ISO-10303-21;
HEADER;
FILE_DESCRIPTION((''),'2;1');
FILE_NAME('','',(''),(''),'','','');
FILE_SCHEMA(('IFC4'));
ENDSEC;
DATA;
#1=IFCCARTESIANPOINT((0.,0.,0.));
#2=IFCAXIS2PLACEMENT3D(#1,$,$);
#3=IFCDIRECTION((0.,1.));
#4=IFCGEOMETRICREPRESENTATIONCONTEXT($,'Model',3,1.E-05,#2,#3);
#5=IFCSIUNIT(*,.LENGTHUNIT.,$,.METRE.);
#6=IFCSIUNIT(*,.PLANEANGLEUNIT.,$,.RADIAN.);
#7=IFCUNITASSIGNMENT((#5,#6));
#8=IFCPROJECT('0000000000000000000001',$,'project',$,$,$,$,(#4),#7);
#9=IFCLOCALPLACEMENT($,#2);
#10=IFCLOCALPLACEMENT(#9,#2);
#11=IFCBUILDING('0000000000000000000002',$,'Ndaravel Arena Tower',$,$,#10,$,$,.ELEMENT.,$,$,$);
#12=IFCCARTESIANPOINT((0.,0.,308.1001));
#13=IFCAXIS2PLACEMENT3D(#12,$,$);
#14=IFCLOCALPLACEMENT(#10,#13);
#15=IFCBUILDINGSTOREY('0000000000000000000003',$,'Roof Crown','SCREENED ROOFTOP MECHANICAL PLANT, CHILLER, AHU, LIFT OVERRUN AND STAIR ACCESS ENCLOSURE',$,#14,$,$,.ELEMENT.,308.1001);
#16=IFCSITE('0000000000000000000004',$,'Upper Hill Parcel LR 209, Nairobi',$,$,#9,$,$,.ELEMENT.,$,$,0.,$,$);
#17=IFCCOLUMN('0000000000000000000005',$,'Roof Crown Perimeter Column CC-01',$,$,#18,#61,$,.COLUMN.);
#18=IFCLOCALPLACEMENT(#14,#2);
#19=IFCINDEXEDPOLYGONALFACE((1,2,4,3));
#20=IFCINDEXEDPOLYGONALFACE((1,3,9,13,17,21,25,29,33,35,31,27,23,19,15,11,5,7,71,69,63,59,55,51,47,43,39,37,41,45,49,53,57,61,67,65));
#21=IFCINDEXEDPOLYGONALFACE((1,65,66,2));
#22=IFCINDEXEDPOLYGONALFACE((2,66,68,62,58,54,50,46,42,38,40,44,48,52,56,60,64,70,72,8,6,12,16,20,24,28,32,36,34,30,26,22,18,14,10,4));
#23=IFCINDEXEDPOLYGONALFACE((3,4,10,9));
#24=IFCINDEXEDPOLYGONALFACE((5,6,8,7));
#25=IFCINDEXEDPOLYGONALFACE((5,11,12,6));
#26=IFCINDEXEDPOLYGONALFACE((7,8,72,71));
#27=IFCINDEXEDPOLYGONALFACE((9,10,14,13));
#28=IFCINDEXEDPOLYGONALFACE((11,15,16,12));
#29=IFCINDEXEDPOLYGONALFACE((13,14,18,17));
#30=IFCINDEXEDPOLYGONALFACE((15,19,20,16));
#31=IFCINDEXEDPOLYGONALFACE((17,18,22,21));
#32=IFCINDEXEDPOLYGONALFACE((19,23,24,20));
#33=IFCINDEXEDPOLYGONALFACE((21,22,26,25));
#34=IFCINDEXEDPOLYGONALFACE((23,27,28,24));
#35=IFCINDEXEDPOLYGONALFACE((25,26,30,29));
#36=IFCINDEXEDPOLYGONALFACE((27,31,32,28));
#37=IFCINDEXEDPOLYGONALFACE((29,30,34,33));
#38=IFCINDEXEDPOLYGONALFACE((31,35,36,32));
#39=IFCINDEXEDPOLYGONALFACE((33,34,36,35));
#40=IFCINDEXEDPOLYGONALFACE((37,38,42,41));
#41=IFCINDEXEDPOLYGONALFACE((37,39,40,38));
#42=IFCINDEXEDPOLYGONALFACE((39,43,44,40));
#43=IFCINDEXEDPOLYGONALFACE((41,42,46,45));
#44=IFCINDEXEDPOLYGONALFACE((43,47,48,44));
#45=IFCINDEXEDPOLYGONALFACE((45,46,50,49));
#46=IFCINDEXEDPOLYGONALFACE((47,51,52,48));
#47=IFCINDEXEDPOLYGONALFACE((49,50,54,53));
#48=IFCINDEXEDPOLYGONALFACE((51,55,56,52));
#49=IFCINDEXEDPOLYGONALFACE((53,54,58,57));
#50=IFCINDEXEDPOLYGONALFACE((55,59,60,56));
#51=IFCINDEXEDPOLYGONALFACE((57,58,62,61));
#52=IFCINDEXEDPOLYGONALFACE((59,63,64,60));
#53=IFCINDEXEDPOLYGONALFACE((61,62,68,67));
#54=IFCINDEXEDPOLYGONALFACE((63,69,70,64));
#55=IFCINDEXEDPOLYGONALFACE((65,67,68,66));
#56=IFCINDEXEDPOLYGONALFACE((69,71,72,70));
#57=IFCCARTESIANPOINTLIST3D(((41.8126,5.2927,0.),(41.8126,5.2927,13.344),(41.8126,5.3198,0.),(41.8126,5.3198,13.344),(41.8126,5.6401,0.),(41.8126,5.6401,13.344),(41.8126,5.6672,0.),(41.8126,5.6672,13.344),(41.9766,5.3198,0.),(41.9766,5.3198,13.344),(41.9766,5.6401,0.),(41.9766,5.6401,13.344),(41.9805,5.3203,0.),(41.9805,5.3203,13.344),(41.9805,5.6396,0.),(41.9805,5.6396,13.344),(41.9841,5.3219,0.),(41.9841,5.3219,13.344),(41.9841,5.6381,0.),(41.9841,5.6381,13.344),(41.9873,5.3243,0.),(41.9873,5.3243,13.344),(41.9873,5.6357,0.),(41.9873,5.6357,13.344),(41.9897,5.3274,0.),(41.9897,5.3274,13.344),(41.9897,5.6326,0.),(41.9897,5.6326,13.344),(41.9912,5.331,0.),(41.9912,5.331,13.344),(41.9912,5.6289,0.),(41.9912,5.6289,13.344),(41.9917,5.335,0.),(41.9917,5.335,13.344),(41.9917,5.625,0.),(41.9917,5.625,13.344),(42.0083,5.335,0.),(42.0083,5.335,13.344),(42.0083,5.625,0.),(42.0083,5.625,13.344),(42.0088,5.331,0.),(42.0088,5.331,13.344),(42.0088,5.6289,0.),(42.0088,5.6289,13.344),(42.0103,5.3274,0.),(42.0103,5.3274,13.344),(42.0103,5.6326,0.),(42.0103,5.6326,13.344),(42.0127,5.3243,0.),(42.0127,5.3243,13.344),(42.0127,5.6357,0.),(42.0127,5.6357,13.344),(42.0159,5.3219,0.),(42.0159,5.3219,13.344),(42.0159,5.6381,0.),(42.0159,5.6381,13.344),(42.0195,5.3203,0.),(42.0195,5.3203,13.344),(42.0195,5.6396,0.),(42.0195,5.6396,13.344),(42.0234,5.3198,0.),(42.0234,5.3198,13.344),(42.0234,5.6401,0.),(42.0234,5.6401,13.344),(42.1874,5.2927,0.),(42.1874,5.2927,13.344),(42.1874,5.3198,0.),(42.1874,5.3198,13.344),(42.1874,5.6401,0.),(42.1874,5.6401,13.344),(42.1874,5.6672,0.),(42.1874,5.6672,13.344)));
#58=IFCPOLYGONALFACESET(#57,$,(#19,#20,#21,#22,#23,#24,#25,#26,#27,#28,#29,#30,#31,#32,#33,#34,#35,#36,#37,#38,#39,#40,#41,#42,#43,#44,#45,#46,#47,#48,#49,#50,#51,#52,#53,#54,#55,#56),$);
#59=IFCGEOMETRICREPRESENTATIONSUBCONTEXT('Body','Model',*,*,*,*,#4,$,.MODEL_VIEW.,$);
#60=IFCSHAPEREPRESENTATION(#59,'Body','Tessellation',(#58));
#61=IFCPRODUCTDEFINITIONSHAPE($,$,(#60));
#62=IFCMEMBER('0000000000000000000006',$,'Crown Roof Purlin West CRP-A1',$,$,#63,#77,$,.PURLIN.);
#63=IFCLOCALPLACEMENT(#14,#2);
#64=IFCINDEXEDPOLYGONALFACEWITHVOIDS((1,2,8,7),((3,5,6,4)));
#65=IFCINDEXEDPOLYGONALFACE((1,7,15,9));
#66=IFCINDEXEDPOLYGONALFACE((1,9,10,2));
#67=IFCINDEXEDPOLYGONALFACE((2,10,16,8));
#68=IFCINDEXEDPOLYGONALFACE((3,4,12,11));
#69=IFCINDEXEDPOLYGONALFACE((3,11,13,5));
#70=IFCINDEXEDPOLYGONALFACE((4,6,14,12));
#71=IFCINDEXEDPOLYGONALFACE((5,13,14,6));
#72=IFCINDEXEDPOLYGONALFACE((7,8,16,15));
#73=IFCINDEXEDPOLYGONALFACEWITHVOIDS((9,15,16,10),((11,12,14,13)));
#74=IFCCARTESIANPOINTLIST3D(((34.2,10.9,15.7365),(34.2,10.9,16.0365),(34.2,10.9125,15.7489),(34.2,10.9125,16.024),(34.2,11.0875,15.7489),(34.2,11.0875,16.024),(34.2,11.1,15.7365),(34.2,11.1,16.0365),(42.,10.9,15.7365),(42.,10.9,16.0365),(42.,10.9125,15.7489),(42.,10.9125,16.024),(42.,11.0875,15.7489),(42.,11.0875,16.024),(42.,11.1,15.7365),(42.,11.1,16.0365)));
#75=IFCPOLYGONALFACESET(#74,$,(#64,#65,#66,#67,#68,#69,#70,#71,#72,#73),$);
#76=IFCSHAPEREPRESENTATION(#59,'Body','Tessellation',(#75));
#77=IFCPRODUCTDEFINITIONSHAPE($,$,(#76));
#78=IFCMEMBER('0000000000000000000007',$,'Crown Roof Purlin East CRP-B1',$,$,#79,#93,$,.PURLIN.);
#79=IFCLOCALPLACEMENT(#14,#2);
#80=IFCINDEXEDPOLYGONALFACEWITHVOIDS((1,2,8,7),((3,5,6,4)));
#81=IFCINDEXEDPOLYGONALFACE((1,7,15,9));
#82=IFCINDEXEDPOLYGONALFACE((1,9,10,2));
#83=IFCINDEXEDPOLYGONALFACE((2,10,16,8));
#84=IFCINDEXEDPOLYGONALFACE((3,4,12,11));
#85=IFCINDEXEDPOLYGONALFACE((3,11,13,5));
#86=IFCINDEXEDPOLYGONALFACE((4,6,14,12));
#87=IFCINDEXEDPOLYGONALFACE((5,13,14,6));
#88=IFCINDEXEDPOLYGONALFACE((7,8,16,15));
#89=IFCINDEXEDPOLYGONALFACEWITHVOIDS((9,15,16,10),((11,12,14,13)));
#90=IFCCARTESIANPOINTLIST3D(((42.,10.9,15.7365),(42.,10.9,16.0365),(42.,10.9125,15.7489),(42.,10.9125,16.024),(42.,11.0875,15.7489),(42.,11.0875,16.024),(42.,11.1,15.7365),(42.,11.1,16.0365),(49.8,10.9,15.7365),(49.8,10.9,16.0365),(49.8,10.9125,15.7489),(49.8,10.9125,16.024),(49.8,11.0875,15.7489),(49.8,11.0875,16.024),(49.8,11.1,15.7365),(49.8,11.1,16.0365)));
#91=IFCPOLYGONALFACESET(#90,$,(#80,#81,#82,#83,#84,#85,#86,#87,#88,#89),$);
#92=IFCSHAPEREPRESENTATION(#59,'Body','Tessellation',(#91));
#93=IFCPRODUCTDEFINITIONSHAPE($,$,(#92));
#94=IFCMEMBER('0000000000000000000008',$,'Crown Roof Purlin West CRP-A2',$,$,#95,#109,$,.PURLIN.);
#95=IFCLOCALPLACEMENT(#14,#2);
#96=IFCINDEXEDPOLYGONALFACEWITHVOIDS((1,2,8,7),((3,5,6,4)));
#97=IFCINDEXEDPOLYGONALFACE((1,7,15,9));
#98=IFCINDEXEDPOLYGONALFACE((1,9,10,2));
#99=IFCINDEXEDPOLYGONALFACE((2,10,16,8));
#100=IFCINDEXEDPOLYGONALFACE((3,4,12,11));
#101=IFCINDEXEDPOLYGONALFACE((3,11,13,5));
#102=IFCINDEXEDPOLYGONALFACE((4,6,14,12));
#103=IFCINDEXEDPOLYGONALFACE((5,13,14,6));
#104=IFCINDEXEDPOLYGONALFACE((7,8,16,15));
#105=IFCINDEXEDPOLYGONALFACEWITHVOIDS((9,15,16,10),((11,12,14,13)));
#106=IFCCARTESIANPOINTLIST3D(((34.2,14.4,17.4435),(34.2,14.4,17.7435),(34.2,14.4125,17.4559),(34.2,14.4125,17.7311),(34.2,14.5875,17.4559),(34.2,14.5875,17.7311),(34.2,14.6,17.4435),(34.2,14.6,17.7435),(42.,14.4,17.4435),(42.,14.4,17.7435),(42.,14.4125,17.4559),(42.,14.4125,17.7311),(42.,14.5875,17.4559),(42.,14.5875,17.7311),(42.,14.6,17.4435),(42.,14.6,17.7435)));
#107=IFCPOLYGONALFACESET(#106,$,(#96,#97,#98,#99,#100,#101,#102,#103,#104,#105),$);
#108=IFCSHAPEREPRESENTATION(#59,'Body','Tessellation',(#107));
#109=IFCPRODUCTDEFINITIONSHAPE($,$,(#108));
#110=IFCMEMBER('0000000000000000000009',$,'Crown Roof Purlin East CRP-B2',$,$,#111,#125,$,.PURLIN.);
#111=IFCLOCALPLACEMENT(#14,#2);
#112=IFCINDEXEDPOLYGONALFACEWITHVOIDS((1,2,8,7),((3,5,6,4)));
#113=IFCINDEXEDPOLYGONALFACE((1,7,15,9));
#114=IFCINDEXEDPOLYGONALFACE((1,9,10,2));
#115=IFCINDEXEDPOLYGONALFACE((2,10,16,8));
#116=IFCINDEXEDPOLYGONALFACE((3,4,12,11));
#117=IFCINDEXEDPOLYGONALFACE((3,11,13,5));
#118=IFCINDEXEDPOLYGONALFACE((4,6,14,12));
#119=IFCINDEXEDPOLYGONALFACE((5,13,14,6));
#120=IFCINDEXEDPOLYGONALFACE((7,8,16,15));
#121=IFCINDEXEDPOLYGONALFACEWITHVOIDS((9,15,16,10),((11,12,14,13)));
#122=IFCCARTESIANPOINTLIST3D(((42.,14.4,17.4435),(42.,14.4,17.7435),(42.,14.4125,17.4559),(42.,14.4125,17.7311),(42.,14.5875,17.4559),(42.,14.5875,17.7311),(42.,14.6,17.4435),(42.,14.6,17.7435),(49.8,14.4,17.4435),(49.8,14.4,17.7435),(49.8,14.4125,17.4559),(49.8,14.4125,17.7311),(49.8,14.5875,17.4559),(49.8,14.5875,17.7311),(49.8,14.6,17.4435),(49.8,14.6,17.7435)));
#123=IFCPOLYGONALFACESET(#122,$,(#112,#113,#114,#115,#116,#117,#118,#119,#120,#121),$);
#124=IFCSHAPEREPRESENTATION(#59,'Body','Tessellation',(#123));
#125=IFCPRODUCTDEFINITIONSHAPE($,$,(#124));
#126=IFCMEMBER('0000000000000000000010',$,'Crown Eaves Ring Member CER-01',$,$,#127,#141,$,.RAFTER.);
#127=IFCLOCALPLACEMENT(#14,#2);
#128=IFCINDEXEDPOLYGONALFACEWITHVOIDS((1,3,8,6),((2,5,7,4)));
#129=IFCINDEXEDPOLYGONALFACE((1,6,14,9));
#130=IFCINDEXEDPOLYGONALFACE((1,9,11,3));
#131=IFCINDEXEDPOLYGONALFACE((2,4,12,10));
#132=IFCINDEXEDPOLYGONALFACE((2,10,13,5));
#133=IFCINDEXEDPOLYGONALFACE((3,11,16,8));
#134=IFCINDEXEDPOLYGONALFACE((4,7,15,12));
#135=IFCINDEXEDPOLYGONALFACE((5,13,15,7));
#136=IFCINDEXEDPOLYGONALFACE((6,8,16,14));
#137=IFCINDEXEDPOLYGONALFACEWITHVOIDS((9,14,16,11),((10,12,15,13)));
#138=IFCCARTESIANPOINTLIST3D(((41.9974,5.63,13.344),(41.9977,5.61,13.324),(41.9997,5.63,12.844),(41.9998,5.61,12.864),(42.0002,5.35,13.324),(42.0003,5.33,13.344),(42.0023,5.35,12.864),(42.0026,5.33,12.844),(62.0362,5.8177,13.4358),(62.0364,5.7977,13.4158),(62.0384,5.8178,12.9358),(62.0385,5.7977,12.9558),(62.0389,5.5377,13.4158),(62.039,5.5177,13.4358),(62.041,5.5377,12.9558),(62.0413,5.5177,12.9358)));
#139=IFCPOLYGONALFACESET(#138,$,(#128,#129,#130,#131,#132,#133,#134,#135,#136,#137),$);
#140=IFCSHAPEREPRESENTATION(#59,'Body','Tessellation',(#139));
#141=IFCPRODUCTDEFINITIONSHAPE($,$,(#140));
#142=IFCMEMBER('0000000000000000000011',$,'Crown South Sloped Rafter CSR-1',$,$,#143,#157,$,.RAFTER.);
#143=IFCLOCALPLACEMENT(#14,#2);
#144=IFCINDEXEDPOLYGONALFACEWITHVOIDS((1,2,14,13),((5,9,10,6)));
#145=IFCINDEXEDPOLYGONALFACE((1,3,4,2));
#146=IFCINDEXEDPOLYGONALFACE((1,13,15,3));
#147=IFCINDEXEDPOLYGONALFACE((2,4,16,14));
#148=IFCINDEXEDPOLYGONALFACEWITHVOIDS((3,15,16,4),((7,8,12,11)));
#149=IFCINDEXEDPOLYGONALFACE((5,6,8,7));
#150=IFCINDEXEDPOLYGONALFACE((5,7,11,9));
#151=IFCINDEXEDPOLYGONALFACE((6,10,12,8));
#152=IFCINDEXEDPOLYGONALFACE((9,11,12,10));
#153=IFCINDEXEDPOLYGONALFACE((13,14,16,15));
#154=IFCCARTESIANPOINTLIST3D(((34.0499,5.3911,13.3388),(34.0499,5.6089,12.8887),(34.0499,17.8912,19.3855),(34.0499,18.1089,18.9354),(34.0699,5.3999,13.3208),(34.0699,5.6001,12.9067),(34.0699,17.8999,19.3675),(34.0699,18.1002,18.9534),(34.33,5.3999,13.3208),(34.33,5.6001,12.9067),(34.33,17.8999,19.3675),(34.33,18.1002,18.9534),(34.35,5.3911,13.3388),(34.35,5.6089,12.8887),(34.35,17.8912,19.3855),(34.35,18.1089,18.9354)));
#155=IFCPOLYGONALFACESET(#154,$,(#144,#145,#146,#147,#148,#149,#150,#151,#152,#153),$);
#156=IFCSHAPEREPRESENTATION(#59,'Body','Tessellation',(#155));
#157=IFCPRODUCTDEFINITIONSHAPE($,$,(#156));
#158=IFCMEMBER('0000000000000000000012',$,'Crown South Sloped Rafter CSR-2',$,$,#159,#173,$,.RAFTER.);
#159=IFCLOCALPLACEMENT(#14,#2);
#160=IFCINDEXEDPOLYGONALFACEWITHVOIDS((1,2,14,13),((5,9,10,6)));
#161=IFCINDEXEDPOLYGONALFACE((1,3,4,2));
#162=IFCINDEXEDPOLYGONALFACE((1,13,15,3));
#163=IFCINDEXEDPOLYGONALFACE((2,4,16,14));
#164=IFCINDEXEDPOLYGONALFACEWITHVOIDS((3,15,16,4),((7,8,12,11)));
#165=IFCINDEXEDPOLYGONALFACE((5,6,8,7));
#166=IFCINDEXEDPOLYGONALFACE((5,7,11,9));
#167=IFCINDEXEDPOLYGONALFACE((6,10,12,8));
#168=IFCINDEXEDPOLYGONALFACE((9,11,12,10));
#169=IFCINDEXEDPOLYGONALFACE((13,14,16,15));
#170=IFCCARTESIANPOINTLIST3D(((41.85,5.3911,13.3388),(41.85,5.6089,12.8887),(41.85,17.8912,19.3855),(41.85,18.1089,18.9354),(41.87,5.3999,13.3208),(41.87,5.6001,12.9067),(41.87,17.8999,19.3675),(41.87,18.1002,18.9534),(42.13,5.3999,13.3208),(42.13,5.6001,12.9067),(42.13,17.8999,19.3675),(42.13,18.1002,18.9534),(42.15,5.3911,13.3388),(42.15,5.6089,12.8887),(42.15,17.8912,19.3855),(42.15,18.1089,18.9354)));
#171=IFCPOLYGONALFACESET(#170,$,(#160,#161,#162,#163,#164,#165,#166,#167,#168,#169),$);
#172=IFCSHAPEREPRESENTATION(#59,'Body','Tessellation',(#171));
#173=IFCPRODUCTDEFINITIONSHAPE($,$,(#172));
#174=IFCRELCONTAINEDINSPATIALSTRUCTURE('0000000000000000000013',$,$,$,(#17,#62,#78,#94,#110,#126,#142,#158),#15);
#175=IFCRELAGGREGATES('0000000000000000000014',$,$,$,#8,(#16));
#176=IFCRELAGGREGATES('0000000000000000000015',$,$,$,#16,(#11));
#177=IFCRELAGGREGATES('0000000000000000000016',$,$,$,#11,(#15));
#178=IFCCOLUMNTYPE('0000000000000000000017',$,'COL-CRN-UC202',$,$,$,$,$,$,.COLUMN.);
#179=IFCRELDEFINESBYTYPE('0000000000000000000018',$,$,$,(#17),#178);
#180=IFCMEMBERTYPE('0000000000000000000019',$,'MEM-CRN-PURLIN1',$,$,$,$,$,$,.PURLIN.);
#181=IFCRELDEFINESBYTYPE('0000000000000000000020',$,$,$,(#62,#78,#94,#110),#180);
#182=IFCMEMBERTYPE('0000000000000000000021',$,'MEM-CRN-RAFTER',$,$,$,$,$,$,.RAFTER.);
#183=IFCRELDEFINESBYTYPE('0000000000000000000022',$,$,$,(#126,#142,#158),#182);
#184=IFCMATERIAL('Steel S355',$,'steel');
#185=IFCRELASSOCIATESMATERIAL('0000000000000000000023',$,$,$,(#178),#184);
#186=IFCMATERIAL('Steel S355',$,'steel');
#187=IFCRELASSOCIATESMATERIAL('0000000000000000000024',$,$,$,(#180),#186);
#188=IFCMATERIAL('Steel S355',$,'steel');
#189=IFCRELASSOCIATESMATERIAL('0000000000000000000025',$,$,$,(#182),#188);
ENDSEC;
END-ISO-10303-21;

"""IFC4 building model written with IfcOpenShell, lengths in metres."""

from ifc_helpers import new_model, si_unit, direction, frame, origin, origin_2d, place, context, subcontext, project, spatial, hollow_rectangle, i_section, extrude, material, material_profile, profile_set, type_object, element, save


model = new_model("IFC4")

# Units and contexts
model_context = context("Model", 3, precision=1e-05, world=origin(), true_north=direction((0.0, 1.0)))
body_context = subcontext(model_context, "Body", "Model", "MODEL_VIEW")
ifc_project = project(units=[si_unit("LENGTHUNIT", "METRE"), si_unit("PLANEANGLEUNIT", "RADIAN")], contexts=[model_context])

# Site, building, storey
site_placement = place(None, origin())
site = spatial("IfcSite", under=ifc_project, at=site_placement, Name="Upper Hill Parcel LR 209, Nairobi", CompositionType="ELEMENT", RefElevation=0.0)
building_placement = place(site_placement, origin())
building = spatial("IfcBuilding", under=site, at=building_placement, Name="Ndaravel Arena Tower", CompositionType="ELEMENT")
storey_placement = place(building_placement, frame((0.0, 0.0, 308.1001)))
storey = spatial("IfcBuildingStorey", under=building, at=storey_placement, Name="Roof Crown", Description="SCREENED ROOFTOP MECHANICAL PLANT, CHILLER, AHU, LIFT OVERRUN AND STAIR ACCESS ENCLOSURE", CompositionType="ELEMENT", Elevation=308.1001)

# Column
ifc_material_1 = material(Name="Steel S355", Category="steel")
ifc_material_profile_1 = material_profile(ifc_material_1, i_section(OverallWidth=0.3748, OverallDepth=0.3745, WebThickness=0.0166, FlangeThickness=0.0271, FilletRadius=0.0151, at=origin_2d()), Name="UC 356x368x202")
ifc_profile_set_1 = profile_set([ifc_material_profile_1], Name="Steel S355")
column_type = type_object("IfcColumnType", Name="COL-CRN-UC202", PredefinedType="COLUMN", material=ifc_profile_set_1)
column_placement = place(storey_placement, frame((42.0, 5.48, 0.0), z_axis=(0.0, 0.0, 1.0), x_axis=(1.0, 0.0, 0.0)))
element("IfcColumn", 1, at=column_placement, inside=storey, type_object=column_type, Name="Roof Crown Perimeter Column CC-01", PredefinedType="COLUMN", context=body_context, shape_type="SweptSolid", body=[
    extrude(i_section(OverallWidth=0.3748, OverallDepth=0.3745, WebThickness=0.0166, FlangeThickness=0.0271, FilletRadius=0.0151, at=origin_2d()), origin(), (0.0, 0.0, 1.0), 13.344),
])

# Members
ifc_material_2 = material(Name="Steel S355", Category="steel")
ifc_material_profile_2 = material_profile(ifc_material_2, hollow_rectangle(XDim=0.2, YDim=0.3, WallThickness=0.0125, at=origin_2d()), Name="RHS 300x200x12.5")
ifc_profile_set_2 = profile_set([ifc_material_profile_2], Name="Steel S355")
member_type_1 = type_object("IfcMemberType", Name="MEM-CRN-PURLIN1", PredefinedType="PURLIN", material=ifc_profile_set_2)
for number, where, z_axis, x_axis, name in (
    (2, (34.2, 11.0, 15.8865), (1.0, 0.0, 0.0), (0.0, 1.0, 0.0), "Crown Roof Purlin West CRP-A1"),
    (3, (42.0, 11.0, 15.8865), (1.0, 0.0, 0.0), (0.0, 1.0, 0.0), "Crown Roof Purlin East CRP-B1"),
    (4, (34.2, 14.5, 17.5935), (1.0, 0.0, 0.0), (0.0, 1.0, 0.0), "Crown Roof Purlin West CRP-A2"),
    (5, (42.0, 14.5, 17.5935), (1.0, 0.0, 0.0), (0.0, 1.0, 0.0), "Crown Roof Purlin East CRP-B2"),
):
    element("IfcMember", number, at=place(storey_placement, frame(where, z_axis=z_axis, x_axis=x_axis)), inside=storey, type_object=member_type_1, Name=name, PredefinedType="PURLIN", context=body_context, shape_type="SweptSolid", body=[
        extrude(hollow_rectangle(XDim=0.2, YDim=0.3, WallThickness=0.0125, at=origin_2d()), origin(), (0.0, 0.0, 1.0), 7.8),
    ])
ifc_material_3 = material(Name="Steel S355", Category="steel")
ifc_material_profile_3 = material_profile(ifc_material_3, hollow_rectangle(XDim=0.3, YDim=0.5, WallThickness=0.02, at=origin_2d()), Name="RHS 500x300x20")
ifc_profile_set_3 = profile_set([ifc_material_profile_3], Name="Steel S355")
member_type_2 = type_object("IfcMemberType", Name="MEM-CRN-RAFTER", PredefinedType="RAFTER", material=ifc_profile_set_3)
member_1_placement = place(storey_placement, frame((42.0, 5.48, 13.094), z_axis=(0.999946, 0.009369, 0.004581), x_axis=(-0.009369, 0.999956, 0.0)))
element("IfcMember", 6, at=member_1_placement, inside=storey, type_object=member_type_2, Name="Crown Eaves Ring Member CER-01", PredefinedType="RAFTER", context=body_context, shape_type="SweptSolid", body=[
    extrude(hollow_rectangle(XDim=0.3, YDim=0.5, WallThickness=0.02, at=origin_2d()), origin(), (0.0, 0.0, 1.0), 20.0398),
])
for number, where, z_axis, x_axis, name in (
    (7, (34.2, 5.5, 13.1138), (0.0, 0.900209, 0.435458), (-1.0, 0.0, 0.0), "Crown South Sloped Rafter CSR-1"),
    (8, (42.0, 5.5, 13.1138), (0.0, 0.900209, 0.435458), (-1.0, 0.0, 0.0), "Crown South Sloped Rafter CSR-2"),
):
    element("IfcMember", number, at=place(storey_placement, frame(where, z_axis=z_axis, x_axis=x_axis)), inside=storey, type_object=member_type_2, Name=name, PredefinedType="RAFTER", context=body_context, shape_type="SweptSolid", body=[
        extrude(hollow_rectangle(XDim=0.3, YDim=0.5, WallThickness=0.02, at=origin_2d()), origin(), (0.0, 0.0, 1.0), 13.8857),
    ])

save(model, "model.ifc")
